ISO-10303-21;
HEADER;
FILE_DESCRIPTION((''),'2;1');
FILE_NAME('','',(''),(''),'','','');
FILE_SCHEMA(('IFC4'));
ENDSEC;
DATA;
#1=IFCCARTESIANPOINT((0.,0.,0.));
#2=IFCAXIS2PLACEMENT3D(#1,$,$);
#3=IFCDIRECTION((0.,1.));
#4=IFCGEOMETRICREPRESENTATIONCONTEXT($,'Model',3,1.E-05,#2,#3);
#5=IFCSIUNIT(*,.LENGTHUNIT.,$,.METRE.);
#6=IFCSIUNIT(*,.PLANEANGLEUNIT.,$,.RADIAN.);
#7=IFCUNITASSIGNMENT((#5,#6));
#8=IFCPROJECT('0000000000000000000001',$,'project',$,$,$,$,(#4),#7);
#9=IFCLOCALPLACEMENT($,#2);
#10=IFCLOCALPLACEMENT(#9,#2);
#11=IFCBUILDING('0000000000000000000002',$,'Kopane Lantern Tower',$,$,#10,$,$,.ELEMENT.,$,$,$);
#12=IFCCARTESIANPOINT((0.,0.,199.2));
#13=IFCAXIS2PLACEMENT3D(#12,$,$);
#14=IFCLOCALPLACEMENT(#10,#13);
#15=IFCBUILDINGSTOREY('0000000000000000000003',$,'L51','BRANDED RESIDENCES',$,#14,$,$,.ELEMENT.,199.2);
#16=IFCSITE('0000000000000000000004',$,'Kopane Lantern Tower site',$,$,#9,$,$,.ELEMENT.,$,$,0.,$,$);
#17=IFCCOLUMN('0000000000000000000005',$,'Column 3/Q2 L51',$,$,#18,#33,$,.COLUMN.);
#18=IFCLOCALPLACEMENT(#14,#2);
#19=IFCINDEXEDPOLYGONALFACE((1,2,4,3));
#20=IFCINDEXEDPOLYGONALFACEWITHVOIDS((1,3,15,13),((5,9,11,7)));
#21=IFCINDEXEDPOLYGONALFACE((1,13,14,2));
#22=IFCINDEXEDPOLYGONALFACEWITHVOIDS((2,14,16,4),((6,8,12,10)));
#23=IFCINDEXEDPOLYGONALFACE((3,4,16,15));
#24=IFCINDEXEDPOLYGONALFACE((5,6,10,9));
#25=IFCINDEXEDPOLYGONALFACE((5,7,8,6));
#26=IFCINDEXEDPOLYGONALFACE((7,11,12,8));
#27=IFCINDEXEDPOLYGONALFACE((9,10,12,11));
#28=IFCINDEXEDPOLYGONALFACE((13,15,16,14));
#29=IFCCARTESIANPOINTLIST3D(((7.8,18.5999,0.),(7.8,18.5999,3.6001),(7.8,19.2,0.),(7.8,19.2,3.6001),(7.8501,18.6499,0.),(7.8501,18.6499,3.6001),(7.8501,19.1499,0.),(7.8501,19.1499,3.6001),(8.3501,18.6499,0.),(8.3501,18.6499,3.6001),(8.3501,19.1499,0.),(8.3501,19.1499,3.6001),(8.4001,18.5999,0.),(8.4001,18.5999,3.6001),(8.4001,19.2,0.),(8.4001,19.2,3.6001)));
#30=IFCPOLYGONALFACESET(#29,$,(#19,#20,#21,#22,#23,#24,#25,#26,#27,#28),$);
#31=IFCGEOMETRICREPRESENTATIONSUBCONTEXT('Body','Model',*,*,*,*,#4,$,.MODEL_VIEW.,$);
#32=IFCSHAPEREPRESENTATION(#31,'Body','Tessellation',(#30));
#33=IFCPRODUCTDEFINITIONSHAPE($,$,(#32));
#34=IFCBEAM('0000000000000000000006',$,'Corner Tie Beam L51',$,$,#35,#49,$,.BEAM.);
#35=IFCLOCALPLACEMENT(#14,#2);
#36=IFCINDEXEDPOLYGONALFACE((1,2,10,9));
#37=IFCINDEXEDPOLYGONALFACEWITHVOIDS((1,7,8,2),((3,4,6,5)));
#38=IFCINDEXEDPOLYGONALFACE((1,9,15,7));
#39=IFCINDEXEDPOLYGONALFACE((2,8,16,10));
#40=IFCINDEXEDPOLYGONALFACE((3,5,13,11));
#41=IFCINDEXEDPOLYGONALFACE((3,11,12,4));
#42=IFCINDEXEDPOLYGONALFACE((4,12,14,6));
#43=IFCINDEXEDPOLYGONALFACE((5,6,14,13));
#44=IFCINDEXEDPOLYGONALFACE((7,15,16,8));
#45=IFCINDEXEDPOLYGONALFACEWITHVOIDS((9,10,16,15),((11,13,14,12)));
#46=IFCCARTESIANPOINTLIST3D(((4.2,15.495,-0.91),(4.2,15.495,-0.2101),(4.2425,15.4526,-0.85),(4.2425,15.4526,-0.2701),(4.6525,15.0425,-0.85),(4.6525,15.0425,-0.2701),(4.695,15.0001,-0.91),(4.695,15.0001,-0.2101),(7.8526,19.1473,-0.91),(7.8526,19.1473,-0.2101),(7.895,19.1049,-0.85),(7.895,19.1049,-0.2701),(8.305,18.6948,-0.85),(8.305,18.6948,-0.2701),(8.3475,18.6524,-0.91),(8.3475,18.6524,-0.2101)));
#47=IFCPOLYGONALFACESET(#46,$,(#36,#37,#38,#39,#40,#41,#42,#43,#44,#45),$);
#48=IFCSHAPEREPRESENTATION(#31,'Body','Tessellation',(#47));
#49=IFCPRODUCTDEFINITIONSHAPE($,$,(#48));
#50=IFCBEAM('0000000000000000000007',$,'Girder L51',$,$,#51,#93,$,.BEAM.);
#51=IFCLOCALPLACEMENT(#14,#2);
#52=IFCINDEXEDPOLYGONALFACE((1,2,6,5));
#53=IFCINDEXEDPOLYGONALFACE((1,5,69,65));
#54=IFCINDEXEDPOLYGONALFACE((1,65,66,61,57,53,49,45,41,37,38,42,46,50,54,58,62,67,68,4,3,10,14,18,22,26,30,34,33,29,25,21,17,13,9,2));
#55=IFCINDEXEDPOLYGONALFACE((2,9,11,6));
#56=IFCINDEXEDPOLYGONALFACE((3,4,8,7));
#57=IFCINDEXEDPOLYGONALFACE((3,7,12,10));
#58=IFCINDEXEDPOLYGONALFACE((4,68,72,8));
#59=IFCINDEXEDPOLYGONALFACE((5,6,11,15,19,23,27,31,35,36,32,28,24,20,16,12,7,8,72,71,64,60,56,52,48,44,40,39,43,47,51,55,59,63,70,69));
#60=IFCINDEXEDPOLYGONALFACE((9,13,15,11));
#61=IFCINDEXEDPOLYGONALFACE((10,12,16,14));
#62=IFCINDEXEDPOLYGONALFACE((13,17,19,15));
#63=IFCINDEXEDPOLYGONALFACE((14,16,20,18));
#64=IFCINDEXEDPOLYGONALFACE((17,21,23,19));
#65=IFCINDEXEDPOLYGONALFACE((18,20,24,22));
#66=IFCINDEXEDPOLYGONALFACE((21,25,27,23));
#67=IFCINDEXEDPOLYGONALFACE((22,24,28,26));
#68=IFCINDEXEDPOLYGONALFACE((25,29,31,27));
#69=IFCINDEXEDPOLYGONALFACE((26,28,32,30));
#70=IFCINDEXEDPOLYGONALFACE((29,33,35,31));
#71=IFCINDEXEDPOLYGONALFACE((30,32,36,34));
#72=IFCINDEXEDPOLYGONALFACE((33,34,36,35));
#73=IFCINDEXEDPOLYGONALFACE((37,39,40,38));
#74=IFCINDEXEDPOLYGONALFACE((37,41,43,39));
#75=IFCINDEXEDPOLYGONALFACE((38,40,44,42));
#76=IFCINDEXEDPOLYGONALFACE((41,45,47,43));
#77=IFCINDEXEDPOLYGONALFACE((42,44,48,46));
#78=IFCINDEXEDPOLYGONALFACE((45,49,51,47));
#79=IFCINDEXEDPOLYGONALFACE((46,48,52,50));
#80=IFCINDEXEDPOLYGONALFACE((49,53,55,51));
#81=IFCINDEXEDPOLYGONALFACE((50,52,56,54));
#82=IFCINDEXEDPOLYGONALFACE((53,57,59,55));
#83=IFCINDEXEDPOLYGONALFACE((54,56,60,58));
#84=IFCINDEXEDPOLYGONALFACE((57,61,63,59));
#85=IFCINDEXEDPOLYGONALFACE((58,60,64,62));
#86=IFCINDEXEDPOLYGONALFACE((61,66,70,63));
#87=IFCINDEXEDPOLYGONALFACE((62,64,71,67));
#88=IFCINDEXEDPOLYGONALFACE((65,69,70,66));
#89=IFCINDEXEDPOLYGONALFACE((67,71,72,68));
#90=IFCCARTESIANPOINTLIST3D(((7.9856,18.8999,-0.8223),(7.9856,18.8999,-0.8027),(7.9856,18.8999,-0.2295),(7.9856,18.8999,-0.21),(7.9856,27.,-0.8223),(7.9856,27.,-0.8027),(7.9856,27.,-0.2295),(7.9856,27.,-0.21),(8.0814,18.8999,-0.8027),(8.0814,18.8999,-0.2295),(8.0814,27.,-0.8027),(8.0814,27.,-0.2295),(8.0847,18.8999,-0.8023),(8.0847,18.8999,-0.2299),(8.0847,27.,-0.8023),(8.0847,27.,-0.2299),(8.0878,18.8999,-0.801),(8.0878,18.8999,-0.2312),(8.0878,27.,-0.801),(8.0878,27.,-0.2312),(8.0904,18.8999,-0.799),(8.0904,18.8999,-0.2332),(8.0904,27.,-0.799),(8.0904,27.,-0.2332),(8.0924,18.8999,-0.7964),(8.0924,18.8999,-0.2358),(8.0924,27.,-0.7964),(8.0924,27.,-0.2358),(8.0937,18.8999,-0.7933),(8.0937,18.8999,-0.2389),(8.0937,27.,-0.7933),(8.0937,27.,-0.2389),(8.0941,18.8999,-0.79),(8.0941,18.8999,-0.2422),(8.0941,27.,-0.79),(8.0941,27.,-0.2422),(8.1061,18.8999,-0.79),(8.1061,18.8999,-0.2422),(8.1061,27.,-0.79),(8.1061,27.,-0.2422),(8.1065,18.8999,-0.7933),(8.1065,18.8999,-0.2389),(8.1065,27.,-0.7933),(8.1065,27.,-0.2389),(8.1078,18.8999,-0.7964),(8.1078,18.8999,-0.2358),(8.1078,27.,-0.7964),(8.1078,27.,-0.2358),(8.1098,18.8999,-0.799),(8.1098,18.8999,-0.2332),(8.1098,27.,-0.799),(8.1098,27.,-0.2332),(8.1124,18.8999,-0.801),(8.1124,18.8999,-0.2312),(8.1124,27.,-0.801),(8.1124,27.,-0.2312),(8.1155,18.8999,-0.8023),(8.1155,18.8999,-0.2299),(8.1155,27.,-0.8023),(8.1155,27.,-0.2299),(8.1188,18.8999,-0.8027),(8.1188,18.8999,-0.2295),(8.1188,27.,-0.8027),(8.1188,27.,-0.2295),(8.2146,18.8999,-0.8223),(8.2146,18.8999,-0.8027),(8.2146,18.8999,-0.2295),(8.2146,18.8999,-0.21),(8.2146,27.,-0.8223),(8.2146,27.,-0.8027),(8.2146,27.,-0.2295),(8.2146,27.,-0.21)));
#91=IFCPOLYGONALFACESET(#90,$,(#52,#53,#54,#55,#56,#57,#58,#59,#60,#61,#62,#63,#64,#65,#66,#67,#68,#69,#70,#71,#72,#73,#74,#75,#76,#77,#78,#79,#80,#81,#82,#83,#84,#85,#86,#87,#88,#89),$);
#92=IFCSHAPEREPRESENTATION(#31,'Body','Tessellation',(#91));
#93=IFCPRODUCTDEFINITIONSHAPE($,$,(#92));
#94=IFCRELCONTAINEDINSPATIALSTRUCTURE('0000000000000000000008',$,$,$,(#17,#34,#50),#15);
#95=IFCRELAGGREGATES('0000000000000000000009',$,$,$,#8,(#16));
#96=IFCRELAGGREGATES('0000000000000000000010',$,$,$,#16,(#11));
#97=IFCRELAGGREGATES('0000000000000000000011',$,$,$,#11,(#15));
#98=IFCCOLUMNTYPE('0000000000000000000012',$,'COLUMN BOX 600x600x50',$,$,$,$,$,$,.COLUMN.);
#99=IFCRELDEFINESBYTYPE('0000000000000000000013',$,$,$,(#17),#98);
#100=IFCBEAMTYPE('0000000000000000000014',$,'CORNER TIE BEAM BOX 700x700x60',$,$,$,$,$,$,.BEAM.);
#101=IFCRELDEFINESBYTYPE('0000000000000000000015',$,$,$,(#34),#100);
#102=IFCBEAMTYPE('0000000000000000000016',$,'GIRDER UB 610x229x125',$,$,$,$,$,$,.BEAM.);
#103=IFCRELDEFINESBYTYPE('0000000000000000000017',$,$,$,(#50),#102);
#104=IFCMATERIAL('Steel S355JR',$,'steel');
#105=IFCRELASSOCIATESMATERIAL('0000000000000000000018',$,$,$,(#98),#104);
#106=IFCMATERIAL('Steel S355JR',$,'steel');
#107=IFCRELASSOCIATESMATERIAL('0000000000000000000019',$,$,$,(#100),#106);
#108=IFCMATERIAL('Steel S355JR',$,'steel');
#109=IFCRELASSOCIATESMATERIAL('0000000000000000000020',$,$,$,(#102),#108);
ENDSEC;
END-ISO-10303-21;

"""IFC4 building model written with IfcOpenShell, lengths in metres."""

from ifc_helpers import new_model, si_unit, direction, frame, origin, origin_2d, place, context, subcontext, project, spatial, hollow_rectangle, i_section, extrude, material, material_profile, profile_set, type_object, element, save


model = new_model("IFC4")

# Units and contexts
model_context = context("Model", 3, precision=1e-05, world=origin(), true_north=direction((0.0, 1.0)))
body_context = subcontext(model_context, "Body", "Model", "MODEL_VIEW")
ifc_project = project(units=[si_unit("LENGTHUNIT", "METRE"), si_unit("PLANEANGLEUNIT", "RADIAN")], contexts=[model_context])

# Site, building, storey
site_placement = place(None, origin())
site = spatial("IfcSite", under=ifc_project, at=site_placement, Name="Kopane Lantern Tower site", CompositionType="ELEMENT", RefElevation=0.0)
building_placement = place(site_placement, origin())
building = spatial("IfcBuilding", under=site, at=building_placement, Name="Kopane Lantern Tower", CompositionType="ELEMENT")
storey_placement = place(building_placement, frame((0.0, 0.0, 199.2)))
storey = spatial("IfcBuildingStorey", under=building, at=storey_placement, Name="L51", Description="BRANDED RESIDENCES", CompositionType="ELEMENT", Elevation=199.2)

# Column
ifc_material_1 = material(Name="Steel S355JR", Category="steel")
ifc_material_profile_1 = material_profile(ifc_material_1, hollow_rectangle(XDim=0.6001, YDim=0.6001, WallThickness=0.05, at=origin_2d()), Name="BOX 600x600x50")
ifc_profile_set_1 = profile_set([ifc_material_profile_1], Name="Steel S355JR")
column_type = type_object("IfcColumnType", Name="COLUMN BOX 600x600x50", PredefinedType="COLUMN", material=ifc_profile_set_1)
column_placement = place(storey_placement, frame((8.1001, 18.8999, 0.0), z_axis=(0.0, 0.0, 1.0), x_axis=(1.0, 0.0, 0.0)))
element("IfcColumn", 1, at=column_placement, inside=storey, type_object=column_type, Name="Column 3/Q2 L51", PredefinedType="COLUMN", context=body_context, shape_type="SweptSolid", body=[
    extrude(hollow_rectangle(XDim=0.6001, YDim=0.6001, WallThickness=0.05, at=origin_2d()), origin(), (0.0, 0.0, 1.0), 3.6001),
])

# Beams
ifc_material_2 = material(Name="Steel S355JR", Category="steel")
ifc_material_profile_2 = material_profile(ifc_material_2, hollow_rectangle(XDim=0.7, YDim=0.7, WallThickness=0.0601, at=origin_2d()), Name="BOX 700x700x60")
ifc_profile_set_2 = profile_set([ifc_material_profile_2], Name="Steel S355JR")
beam_type_1 = type_object("IfcBeamType", Name="CORNER TIE BEAM BOX 700x700x60", PredefinedType="BEAM", material=ifc_profile_set_2)
beam_1_placement = place(storey_placement, frame((4.4475, 15.2476, -0.5601), z_axis=(0.70713, 0.707083, 0.0), x_axis=(-0.707083, 0.70713, 0.0)))
element("IfcBeam", 2, at=beam_1_placement, inside=storey, type_object=beam_type_1, Name="Corner Tie Beam L51", PredefinedType="BEAM", context=body_context, shape_type="SweptSolid", body=[
    extrude(hollow_rectangle(XDim=0.7, YDim=0.7, WallThickness=0.0601, at=origin_2d()), origin(), (0.0, 0.0, 1.0), 5.1653),
])
ifc_material_3 = material(Name="Steel S355JR", Category="steel")
ifc_material_profile_3 = material_profile(ifc_material_3, i_section(OverallWidth=0.229, OverallDepth=0.6123, WebThickness=0.012, FlangeThickness=0.0195, FilletRadius=0.0127, at=origin_2d()), Name="UB 610x229x125")
ifc_profile_set_3 = profile_set([ifc_material_profile_3], Name="Steel S355JR")
beam_type_2 = type_object("IfcBeamType", Name="GIRDER UB 610x229x125", PredefinedType="BEAM", material=ifc_profile_set_3)
beam_2_placement = place(storey_placement, frame((8.1001, 18.8999, -0.5161), z_axis=(0.0, 1.0, 0.0), x_axis=(-1.0, 0.0, 0.0)))
element("IfcBeam", 3, at=beam_2_placement, inside=storey, type_object=beam_type_2, Name="Girder L51", PredefinedType="BEAM", context=body_context, shape_type="SweptSolid", body=[
    extrude(i_section(OverallWidth=0.229, OverallDepth=0.6123, WebThickness=0.012, FlangeThickness=0.0195, FilletRadius=0.0127, at=origin_2d()), origin(), (0.0, 0.0, 1.0), 8.1001),
])

save(model, "model.ifc")
